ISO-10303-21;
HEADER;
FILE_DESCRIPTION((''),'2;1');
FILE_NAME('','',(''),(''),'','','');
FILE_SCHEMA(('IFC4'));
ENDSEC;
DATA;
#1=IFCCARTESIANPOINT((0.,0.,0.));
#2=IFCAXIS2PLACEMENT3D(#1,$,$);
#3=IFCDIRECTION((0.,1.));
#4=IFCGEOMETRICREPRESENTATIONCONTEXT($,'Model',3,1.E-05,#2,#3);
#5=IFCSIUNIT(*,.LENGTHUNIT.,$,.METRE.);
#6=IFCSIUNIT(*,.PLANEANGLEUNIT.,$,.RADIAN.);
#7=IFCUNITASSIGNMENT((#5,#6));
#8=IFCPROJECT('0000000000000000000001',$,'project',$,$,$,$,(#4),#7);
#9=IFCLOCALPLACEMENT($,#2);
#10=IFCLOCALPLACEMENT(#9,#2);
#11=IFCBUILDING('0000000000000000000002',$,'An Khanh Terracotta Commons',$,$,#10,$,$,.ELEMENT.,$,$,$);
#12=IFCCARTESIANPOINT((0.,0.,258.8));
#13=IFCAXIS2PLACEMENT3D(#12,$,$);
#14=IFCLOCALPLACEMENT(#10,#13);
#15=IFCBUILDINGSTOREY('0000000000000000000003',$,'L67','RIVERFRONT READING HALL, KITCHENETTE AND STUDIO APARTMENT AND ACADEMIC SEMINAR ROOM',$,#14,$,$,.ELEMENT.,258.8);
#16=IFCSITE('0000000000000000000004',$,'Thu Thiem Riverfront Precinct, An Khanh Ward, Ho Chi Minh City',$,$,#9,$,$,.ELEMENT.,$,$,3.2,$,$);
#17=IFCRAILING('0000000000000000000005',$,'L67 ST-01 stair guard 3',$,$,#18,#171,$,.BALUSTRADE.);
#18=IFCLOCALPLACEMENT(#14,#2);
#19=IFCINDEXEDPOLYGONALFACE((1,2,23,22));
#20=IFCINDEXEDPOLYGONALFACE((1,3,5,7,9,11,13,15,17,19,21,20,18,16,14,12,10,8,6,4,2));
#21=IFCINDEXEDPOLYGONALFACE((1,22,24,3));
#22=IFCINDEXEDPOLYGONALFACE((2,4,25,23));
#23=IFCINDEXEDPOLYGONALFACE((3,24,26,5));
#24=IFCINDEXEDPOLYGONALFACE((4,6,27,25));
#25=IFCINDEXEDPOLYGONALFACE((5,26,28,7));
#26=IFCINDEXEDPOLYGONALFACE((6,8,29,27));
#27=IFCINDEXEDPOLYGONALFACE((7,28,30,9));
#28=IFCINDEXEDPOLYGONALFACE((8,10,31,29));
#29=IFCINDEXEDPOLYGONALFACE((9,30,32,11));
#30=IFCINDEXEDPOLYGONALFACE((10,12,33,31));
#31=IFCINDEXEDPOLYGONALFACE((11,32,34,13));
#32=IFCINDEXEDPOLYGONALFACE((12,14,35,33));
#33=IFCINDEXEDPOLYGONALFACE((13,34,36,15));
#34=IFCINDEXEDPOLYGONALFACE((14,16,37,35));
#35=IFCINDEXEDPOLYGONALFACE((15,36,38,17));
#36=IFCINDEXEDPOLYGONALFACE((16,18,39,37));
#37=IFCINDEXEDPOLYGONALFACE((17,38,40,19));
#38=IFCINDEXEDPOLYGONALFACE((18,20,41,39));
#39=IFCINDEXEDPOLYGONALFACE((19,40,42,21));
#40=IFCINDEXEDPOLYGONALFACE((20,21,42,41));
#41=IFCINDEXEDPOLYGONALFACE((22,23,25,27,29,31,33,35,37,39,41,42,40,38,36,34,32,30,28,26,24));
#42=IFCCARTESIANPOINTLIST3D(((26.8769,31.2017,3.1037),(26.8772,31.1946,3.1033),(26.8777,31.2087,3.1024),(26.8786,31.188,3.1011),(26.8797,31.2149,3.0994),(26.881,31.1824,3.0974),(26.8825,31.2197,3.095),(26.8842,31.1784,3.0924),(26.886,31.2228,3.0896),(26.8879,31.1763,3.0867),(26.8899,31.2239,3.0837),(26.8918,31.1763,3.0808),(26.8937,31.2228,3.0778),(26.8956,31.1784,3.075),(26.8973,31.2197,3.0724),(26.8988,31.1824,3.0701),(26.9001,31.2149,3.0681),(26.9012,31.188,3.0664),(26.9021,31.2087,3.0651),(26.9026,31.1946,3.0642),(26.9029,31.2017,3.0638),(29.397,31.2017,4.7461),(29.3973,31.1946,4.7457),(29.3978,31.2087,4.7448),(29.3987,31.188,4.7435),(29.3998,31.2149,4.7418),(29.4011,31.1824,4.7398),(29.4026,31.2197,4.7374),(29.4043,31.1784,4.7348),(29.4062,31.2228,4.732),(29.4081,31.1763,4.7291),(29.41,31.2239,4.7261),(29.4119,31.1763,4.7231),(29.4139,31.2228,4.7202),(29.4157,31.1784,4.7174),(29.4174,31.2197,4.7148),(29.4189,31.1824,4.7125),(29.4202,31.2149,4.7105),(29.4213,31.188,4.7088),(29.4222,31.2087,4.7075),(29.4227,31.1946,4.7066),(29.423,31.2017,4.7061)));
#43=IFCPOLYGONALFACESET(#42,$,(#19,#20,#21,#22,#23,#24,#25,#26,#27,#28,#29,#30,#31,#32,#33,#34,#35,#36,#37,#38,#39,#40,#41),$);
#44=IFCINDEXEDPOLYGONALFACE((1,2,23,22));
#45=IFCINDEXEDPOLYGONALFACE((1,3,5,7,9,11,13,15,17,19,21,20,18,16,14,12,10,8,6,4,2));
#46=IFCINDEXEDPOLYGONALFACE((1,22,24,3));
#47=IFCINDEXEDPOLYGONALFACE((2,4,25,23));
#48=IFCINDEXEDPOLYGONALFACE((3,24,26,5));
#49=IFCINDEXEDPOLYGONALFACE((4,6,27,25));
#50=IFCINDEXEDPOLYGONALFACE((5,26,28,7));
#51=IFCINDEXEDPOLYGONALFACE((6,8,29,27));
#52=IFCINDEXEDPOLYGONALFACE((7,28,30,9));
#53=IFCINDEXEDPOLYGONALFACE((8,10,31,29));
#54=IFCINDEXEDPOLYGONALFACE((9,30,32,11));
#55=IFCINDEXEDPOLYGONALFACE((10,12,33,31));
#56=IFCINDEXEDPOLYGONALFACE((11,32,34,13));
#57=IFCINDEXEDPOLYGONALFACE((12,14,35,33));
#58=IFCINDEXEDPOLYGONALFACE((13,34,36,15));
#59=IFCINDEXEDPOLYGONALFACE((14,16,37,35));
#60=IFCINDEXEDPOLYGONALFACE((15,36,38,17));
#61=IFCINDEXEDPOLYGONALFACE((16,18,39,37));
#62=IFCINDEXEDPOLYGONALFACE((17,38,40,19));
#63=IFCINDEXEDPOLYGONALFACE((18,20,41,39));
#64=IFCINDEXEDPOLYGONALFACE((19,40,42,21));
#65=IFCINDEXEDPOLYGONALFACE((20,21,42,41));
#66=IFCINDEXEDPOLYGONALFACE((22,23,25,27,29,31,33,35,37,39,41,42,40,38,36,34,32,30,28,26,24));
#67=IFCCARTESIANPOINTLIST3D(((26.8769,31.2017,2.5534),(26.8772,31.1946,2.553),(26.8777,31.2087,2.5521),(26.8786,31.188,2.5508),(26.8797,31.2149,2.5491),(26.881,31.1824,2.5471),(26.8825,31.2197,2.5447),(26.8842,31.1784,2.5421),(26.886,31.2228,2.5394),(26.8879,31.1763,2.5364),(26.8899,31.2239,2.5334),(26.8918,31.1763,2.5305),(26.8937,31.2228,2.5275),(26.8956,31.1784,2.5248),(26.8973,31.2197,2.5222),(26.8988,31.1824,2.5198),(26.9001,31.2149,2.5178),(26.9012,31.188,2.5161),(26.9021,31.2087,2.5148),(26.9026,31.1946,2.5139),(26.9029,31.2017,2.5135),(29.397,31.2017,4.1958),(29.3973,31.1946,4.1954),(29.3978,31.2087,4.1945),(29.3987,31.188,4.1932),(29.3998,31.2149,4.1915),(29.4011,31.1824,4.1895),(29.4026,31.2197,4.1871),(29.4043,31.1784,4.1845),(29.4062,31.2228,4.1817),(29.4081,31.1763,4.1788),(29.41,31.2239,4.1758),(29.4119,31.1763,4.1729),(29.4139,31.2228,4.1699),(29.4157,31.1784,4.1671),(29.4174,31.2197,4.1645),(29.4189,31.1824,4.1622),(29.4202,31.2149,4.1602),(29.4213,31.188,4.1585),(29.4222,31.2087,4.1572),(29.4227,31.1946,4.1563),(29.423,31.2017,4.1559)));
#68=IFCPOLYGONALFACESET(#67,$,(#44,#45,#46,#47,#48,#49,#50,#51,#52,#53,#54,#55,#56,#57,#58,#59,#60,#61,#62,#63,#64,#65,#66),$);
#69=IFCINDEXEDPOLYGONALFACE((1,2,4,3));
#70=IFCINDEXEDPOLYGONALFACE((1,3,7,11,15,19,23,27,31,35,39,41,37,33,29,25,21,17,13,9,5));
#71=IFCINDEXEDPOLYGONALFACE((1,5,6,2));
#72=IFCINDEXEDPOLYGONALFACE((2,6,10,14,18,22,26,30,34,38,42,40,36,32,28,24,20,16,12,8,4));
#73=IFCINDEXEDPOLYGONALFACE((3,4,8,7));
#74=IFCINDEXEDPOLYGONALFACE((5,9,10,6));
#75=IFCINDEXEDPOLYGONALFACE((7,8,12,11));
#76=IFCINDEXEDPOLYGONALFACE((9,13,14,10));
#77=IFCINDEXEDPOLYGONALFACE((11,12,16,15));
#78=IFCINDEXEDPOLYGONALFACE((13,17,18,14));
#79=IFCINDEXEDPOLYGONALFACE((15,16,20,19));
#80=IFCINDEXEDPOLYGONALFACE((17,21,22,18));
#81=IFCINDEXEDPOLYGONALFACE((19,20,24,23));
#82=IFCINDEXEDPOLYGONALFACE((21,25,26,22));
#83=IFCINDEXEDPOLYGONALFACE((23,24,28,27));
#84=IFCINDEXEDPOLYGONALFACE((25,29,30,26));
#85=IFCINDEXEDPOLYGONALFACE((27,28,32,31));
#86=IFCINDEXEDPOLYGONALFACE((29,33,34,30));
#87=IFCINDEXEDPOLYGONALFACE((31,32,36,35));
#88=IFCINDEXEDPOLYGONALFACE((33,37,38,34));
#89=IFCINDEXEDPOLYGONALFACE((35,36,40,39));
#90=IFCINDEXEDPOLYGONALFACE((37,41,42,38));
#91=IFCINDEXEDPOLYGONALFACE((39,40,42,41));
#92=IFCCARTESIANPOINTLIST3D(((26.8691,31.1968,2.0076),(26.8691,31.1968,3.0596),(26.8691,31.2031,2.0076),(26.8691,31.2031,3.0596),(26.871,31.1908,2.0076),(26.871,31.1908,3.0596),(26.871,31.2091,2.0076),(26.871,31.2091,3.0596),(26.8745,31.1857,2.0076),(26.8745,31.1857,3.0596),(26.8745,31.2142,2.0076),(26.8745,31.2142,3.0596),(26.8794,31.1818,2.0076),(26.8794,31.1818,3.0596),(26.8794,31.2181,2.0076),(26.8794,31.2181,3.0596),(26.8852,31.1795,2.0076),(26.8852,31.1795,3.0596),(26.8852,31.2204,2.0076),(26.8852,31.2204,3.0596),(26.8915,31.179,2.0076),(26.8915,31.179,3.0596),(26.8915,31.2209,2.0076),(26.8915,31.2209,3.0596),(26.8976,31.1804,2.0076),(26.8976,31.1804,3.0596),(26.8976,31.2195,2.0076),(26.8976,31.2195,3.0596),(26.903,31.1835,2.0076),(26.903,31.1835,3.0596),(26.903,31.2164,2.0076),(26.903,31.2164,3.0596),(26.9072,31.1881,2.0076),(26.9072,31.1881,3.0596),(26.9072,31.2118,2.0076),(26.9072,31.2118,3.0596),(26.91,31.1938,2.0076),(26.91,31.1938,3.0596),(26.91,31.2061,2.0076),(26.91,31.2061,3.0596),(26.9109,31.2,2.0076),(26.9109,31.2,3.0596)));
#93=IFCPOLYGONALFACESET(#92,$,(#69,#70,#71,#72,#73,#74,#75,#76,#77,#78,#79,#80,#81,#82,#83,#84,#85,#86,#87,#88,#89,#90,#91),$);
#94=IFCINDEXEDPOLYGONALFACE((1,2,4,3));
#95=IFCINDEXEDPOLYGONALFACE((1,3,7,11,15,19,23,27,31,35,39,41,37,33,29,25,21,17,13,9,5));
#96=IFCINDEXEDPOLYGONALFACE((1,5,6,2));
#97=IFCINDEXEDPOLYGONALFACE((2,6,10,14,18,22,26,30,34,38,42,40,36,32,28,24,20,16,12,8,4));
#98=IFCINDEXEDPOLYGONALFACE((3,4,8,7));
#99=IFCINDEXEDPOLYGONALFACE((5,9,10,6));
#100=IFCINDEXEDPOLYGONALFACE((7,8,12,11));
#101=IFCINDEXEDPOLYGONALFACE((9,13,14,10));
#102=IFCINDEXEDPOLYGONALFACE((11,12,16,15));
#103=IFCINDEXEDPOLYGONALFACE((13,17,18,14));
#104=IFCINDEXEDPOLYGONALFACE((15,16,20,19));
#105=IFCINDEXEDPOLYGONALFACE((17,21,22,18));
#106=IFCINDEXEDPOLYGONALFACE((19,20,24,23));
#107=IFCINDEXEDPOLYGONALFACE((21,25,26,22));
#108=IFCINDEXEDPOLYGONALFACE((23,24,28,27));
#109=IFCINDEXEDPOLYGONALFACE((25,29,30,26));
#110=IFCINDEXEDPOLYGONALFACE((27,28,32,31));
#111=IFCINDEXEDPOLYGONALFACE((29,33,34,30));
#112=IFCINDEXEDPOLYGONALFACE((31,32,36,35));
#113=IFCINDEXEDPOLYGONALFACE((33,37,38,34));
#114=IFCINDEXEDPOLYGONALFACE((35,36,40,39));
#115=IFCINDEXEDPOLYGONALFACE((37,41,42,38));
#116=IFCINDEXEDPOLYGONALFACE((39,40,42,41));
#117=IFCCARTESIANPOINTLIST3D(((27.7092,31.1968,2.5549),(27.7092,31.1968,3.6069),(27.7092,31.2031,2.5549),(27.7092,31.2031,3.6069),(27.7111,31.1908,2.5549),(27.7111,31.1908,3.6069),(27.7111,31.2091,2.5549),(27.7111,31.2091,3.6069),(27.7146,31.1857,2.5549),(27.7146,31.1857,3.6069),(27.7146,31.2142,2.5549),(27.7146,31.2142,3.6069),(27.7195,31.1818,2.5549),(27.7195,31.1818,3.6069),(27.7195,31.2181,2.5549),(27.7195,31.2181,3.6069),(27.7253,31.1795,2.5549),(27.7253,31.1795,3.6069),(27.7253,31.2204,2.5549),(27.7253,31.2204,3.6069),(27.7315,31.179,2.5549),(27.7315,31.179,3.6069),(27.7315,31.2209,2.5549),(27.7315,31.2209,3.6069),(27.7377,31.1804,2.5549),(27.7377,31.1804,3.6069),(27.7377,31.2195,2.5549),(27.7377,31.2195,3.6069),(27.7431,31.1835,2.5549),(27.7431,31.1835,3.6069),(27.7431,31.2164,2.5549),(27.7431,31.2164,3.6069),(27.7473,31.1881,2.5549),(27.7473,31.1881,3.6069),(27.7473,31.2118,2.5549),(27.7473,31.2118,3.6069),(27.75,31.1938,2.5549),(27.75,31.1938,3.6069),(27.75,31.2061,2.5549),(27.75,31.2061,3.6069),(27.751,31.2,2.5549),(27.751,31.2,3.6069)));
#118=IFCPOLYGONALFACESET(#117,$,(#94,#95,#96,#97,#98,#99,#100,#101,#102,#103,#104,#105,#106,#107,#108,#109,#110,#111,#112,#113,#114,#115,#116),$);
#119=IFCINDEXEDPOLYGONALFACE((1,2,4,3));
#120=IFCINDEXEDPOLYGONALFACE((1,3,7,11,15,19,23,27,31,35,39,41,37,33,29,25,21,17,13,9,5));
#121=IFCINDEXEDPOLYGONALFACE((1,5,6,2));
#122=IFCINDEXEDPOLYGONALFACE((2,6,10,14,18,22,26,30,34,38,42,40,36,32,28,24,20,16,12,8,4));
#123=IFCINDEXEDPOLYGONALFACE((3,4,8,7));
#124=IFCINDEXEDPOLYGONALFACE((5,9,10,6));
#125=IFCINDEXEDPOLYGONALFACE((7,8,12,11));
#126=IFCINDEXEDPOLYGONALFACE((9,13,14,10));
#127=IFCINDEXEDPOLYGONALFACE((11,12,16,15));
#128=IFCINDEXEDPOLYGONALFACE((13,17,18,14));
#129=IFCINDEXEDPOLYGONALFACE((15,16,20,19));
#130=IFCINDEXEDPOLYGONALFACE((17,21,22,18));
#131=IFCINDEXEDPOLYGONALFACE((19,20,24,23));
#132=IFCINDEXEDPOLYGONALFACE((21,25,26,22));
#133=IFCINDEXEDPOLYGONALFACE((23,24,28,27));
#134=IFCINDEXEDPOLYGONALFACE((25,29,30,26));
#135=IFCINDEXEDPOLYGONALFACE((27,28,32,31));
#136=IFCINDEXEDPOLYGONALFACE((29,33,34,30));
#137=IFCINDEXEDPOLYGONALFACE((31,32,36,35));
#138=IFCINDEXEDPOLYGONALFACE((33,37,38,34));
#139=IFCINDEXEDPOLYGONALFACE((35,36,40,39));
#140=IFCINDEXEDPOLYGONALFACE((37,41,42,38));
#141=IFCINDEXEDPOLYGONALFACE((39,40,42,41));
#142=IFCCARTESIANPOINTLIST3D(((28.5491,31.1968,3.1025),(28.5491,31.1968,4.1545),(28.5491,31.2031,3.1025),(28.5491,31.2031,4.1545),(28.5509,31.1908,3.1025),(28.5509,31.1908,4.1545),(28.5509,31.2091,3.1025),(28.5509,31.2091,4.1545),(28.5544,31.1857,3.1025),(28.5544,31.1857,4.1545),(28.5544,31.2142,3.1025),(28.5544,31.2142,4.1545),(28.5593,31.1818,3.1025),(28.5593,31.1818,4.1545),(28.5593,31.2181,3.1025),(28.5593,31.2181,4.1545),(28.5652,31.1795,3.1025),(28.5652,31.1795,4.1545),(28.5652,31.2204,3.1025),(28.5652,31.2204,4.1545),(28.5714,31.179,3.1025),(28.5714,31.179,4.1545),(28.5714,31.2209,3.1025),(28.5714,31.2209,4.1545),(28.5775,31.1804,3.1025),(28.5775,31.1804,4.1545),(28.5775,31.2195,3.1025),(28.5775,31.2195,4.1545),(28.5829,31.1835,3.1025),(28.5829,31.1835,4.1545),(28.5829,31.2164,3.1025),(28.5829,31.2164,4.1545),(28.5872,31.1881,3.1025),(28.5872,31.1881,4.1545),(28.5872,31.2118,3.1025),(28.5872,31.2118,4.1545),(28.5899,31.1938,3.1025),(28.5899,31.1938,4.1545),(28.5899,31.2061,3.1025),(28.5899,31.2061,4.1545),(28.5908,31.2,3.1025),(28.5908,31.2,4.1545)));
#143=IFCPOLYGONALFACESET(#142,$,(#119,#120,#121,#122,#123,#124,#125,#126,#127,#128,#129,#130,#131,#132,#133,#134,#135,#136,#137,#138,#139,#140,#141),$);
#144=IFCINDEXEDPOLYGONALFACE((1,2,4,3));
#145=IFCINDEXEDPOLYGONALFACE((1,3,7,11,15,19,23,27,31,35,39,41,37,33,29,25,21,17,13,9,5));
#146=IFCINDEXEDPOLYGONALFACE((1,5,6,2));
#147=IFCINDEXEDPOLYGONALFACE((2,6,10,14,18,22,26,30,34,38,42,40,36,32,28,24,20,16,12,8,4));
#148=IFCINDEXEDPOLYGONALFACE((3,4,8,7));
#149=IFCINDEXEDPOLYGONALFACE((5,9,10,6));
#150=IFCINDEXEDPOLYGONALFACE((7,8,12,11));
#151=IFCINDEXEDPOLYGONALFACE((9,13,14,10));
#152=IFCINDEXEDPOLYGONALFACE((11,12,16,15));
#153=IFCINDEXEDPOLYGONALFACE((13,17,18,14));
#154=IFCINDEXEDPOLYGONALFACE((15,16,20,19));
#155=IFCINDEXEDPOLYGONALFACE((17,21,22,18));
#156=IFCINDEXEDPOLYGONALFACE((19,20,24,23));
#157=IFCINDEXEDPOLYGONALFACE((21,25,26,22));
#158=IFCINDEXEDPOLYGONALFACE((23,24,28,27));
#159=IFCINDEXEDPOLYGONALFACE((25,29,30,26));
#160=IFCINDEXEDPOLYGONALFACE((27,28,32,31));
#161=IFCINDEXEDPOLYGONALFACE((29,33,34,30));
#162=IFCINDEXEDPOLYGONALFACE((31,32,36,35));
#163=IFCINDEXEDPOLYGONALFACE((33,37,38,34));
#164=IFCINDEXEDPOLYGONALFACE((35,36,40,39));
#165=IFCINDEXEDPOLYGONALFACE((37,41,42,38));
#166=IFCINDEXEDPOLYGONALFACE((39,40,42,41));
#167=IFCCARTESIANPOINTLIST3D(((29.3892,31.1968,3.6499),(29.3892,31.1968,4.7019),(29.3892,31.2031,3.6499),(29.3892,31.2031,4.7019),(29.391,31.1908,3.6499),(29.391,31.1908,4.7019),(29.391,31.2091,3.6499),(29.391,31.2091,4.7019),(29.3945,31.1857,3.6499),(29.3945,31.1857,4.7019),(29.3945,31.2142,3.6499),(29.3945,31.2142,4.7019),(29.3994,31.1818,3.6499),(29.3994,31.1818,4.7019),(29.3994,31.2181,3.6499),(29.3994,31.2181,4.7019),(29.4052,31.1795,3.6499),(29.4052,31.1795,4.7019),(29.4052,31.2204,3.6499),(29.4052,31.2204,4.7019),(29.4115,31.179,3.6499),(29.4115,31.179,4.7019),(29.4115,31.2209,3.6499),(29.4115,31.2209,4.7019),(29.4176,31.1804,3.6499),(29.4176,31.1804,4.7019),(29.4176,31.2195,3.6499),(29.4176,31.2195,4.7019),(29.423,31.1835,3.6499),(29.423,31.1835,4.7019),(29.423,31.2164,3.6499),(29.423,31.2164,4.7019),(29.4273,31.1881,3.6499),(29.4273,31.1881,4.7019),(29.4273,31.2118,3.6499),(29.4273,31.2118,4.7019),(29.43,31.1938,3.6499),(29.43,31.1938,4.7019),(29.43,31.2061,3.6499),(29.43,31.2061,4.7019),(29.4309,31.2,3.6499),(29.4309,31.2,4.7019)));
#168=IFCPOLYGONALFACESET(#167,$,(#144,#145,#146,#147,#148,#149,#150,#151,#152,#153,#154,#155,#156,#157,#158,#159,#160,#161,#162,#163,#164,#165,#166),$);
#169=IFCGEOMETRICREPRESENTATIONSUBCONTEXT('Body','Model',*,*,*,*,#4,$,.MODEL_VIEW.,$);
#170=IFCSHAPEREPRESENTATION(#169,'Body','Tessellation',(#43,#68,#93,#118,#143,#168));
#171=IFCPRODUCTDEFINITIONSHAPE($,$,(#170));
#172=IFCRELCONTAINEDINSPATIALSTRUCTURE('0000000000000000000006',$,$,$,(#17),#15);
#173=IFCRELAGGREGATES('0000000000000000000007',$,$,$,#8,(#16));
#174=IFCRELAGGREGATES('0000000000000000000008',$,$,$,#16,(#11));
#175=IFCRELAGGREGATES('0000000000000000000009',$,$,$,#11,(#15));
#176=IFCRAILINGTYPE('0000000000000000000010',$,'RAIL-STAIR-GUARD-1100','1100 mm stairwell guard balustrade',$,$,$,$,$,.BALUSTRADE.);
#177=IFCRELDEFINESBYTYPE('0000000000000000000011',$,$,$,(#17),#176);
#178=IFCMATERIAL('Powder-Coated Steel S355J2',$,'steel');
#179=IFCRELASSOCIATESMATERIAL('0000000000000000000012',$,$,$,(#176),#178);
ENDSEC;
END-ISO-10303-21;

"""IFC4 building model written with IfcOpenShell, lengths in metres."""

from ifc_helpers import new_model, si_unit, direction, frame, origin, origin_2d, place, context, subcontext, project, spatial, circle, extrude, material, type_object, element, save


model = new_model("IFC4")

# Units and contexts
model_context = context("Model", 3, precision=1e-05, world=origin(), true_north=direction((0.0, 1.0)))
body_context = subcontext(model_context, "Body", "Model", "MODEL_VIEW")
ifc_project = project(units=[si_unit("LENGTHUNIT", "METRE"), si_unit("PLANEANGLEUNIT", "RADIAN")], contexts=[model_context])

# Site, building, storey
site_placement = place(None, origin())
site = spatial("IfcSite", under=ifc_project, at=site_placement, Name="Thu Thiem Riverfront Precinct, An Khanh Ward, Ho Chi Minh City", CompositionType="ELEMENT", RefElevation=3.2)
building_placement = place(site_placement, origin())
building = spatial("IfcBuilding", under=site, at=building_placement, Name="An Khanh Terracotta Commons", CompositionType="ELEMENT")
storey_placement = place(building_placement, frame((0.0, 0.0, 258.8)))
storey = spatial("IfcBuildingStorey", under=building, at=storey_placement, Name="L67", Description="RIVERFRONT READING HALL, KITCHENETTE AND STUDIO APARTMENT AND ACADEMIC SEMINAR ROOM", CompositionType="ELEMENT", Elevation=258.8)

# Railing
ifc_material_1 = material(Name="Powder-Coated Steel S355J2", Category="steel")
railing_type_1 = type_object("IfcRailingType", Name="RAIL-STAIR-GUARD-1100", Description="1100 mm stairwell guard balustrade", PredefinedType="BALUSTRADE", material=ifc_material_1)
railing_1_placement = place(storey_placement, frame((26.8899, 31.2, 2.0076)))
element("IfcRailing", 1, at=railing_1_placement, inside=storey, type_object=railing_type_1, Name="L67 ST-01 stair guard 3", PredefinedType="BALUSTRADE", context=body_context, shape_type="SweptSolid", body=[
    extrude(circle(Radius=0.0239, at=origin_2d()), frame((0.0, 0.0, 1.0762), z_axis=(0.837787, 0.0, 0.545998), x_axis=(0.0, 1.0, 0.0)), (0.0, 0.0, 1.0), 3.0081),
    extrude(circle(Radius=0.0239, at=origin_2d()), frame((0.0, 0.0, 0.5259), z_axis=(0.837787, 0.0, 0.545998), x_axis=(0.0, 1.0, 0.0)), (0.0, 0.0, 1.0), 3.0081),
    extrude(circle(Radius=0.021, at=origin_2d()), origin(), (0.0, 0.0, 1.0), 1.052),
    extrude(circle(Radius=0.021, at=origin_2d()), frame((0.8401, 0.0, 0.5474)), (0.0, 0.0, 1.0), 1.052),
    extrude(circle(Radius=0.021, at=origin_2d()), frame((1.6799, 0.0, 1.095)), (0.0, 0.0, 1.0), 1.052),
    extrude(circle(Radius=0.021, at=origin_2d()), frame((2.52, 0.0, 1.6423)), (0.0, 0.0, 1.0), 1.052),
])

save(model, "model.ifc")
